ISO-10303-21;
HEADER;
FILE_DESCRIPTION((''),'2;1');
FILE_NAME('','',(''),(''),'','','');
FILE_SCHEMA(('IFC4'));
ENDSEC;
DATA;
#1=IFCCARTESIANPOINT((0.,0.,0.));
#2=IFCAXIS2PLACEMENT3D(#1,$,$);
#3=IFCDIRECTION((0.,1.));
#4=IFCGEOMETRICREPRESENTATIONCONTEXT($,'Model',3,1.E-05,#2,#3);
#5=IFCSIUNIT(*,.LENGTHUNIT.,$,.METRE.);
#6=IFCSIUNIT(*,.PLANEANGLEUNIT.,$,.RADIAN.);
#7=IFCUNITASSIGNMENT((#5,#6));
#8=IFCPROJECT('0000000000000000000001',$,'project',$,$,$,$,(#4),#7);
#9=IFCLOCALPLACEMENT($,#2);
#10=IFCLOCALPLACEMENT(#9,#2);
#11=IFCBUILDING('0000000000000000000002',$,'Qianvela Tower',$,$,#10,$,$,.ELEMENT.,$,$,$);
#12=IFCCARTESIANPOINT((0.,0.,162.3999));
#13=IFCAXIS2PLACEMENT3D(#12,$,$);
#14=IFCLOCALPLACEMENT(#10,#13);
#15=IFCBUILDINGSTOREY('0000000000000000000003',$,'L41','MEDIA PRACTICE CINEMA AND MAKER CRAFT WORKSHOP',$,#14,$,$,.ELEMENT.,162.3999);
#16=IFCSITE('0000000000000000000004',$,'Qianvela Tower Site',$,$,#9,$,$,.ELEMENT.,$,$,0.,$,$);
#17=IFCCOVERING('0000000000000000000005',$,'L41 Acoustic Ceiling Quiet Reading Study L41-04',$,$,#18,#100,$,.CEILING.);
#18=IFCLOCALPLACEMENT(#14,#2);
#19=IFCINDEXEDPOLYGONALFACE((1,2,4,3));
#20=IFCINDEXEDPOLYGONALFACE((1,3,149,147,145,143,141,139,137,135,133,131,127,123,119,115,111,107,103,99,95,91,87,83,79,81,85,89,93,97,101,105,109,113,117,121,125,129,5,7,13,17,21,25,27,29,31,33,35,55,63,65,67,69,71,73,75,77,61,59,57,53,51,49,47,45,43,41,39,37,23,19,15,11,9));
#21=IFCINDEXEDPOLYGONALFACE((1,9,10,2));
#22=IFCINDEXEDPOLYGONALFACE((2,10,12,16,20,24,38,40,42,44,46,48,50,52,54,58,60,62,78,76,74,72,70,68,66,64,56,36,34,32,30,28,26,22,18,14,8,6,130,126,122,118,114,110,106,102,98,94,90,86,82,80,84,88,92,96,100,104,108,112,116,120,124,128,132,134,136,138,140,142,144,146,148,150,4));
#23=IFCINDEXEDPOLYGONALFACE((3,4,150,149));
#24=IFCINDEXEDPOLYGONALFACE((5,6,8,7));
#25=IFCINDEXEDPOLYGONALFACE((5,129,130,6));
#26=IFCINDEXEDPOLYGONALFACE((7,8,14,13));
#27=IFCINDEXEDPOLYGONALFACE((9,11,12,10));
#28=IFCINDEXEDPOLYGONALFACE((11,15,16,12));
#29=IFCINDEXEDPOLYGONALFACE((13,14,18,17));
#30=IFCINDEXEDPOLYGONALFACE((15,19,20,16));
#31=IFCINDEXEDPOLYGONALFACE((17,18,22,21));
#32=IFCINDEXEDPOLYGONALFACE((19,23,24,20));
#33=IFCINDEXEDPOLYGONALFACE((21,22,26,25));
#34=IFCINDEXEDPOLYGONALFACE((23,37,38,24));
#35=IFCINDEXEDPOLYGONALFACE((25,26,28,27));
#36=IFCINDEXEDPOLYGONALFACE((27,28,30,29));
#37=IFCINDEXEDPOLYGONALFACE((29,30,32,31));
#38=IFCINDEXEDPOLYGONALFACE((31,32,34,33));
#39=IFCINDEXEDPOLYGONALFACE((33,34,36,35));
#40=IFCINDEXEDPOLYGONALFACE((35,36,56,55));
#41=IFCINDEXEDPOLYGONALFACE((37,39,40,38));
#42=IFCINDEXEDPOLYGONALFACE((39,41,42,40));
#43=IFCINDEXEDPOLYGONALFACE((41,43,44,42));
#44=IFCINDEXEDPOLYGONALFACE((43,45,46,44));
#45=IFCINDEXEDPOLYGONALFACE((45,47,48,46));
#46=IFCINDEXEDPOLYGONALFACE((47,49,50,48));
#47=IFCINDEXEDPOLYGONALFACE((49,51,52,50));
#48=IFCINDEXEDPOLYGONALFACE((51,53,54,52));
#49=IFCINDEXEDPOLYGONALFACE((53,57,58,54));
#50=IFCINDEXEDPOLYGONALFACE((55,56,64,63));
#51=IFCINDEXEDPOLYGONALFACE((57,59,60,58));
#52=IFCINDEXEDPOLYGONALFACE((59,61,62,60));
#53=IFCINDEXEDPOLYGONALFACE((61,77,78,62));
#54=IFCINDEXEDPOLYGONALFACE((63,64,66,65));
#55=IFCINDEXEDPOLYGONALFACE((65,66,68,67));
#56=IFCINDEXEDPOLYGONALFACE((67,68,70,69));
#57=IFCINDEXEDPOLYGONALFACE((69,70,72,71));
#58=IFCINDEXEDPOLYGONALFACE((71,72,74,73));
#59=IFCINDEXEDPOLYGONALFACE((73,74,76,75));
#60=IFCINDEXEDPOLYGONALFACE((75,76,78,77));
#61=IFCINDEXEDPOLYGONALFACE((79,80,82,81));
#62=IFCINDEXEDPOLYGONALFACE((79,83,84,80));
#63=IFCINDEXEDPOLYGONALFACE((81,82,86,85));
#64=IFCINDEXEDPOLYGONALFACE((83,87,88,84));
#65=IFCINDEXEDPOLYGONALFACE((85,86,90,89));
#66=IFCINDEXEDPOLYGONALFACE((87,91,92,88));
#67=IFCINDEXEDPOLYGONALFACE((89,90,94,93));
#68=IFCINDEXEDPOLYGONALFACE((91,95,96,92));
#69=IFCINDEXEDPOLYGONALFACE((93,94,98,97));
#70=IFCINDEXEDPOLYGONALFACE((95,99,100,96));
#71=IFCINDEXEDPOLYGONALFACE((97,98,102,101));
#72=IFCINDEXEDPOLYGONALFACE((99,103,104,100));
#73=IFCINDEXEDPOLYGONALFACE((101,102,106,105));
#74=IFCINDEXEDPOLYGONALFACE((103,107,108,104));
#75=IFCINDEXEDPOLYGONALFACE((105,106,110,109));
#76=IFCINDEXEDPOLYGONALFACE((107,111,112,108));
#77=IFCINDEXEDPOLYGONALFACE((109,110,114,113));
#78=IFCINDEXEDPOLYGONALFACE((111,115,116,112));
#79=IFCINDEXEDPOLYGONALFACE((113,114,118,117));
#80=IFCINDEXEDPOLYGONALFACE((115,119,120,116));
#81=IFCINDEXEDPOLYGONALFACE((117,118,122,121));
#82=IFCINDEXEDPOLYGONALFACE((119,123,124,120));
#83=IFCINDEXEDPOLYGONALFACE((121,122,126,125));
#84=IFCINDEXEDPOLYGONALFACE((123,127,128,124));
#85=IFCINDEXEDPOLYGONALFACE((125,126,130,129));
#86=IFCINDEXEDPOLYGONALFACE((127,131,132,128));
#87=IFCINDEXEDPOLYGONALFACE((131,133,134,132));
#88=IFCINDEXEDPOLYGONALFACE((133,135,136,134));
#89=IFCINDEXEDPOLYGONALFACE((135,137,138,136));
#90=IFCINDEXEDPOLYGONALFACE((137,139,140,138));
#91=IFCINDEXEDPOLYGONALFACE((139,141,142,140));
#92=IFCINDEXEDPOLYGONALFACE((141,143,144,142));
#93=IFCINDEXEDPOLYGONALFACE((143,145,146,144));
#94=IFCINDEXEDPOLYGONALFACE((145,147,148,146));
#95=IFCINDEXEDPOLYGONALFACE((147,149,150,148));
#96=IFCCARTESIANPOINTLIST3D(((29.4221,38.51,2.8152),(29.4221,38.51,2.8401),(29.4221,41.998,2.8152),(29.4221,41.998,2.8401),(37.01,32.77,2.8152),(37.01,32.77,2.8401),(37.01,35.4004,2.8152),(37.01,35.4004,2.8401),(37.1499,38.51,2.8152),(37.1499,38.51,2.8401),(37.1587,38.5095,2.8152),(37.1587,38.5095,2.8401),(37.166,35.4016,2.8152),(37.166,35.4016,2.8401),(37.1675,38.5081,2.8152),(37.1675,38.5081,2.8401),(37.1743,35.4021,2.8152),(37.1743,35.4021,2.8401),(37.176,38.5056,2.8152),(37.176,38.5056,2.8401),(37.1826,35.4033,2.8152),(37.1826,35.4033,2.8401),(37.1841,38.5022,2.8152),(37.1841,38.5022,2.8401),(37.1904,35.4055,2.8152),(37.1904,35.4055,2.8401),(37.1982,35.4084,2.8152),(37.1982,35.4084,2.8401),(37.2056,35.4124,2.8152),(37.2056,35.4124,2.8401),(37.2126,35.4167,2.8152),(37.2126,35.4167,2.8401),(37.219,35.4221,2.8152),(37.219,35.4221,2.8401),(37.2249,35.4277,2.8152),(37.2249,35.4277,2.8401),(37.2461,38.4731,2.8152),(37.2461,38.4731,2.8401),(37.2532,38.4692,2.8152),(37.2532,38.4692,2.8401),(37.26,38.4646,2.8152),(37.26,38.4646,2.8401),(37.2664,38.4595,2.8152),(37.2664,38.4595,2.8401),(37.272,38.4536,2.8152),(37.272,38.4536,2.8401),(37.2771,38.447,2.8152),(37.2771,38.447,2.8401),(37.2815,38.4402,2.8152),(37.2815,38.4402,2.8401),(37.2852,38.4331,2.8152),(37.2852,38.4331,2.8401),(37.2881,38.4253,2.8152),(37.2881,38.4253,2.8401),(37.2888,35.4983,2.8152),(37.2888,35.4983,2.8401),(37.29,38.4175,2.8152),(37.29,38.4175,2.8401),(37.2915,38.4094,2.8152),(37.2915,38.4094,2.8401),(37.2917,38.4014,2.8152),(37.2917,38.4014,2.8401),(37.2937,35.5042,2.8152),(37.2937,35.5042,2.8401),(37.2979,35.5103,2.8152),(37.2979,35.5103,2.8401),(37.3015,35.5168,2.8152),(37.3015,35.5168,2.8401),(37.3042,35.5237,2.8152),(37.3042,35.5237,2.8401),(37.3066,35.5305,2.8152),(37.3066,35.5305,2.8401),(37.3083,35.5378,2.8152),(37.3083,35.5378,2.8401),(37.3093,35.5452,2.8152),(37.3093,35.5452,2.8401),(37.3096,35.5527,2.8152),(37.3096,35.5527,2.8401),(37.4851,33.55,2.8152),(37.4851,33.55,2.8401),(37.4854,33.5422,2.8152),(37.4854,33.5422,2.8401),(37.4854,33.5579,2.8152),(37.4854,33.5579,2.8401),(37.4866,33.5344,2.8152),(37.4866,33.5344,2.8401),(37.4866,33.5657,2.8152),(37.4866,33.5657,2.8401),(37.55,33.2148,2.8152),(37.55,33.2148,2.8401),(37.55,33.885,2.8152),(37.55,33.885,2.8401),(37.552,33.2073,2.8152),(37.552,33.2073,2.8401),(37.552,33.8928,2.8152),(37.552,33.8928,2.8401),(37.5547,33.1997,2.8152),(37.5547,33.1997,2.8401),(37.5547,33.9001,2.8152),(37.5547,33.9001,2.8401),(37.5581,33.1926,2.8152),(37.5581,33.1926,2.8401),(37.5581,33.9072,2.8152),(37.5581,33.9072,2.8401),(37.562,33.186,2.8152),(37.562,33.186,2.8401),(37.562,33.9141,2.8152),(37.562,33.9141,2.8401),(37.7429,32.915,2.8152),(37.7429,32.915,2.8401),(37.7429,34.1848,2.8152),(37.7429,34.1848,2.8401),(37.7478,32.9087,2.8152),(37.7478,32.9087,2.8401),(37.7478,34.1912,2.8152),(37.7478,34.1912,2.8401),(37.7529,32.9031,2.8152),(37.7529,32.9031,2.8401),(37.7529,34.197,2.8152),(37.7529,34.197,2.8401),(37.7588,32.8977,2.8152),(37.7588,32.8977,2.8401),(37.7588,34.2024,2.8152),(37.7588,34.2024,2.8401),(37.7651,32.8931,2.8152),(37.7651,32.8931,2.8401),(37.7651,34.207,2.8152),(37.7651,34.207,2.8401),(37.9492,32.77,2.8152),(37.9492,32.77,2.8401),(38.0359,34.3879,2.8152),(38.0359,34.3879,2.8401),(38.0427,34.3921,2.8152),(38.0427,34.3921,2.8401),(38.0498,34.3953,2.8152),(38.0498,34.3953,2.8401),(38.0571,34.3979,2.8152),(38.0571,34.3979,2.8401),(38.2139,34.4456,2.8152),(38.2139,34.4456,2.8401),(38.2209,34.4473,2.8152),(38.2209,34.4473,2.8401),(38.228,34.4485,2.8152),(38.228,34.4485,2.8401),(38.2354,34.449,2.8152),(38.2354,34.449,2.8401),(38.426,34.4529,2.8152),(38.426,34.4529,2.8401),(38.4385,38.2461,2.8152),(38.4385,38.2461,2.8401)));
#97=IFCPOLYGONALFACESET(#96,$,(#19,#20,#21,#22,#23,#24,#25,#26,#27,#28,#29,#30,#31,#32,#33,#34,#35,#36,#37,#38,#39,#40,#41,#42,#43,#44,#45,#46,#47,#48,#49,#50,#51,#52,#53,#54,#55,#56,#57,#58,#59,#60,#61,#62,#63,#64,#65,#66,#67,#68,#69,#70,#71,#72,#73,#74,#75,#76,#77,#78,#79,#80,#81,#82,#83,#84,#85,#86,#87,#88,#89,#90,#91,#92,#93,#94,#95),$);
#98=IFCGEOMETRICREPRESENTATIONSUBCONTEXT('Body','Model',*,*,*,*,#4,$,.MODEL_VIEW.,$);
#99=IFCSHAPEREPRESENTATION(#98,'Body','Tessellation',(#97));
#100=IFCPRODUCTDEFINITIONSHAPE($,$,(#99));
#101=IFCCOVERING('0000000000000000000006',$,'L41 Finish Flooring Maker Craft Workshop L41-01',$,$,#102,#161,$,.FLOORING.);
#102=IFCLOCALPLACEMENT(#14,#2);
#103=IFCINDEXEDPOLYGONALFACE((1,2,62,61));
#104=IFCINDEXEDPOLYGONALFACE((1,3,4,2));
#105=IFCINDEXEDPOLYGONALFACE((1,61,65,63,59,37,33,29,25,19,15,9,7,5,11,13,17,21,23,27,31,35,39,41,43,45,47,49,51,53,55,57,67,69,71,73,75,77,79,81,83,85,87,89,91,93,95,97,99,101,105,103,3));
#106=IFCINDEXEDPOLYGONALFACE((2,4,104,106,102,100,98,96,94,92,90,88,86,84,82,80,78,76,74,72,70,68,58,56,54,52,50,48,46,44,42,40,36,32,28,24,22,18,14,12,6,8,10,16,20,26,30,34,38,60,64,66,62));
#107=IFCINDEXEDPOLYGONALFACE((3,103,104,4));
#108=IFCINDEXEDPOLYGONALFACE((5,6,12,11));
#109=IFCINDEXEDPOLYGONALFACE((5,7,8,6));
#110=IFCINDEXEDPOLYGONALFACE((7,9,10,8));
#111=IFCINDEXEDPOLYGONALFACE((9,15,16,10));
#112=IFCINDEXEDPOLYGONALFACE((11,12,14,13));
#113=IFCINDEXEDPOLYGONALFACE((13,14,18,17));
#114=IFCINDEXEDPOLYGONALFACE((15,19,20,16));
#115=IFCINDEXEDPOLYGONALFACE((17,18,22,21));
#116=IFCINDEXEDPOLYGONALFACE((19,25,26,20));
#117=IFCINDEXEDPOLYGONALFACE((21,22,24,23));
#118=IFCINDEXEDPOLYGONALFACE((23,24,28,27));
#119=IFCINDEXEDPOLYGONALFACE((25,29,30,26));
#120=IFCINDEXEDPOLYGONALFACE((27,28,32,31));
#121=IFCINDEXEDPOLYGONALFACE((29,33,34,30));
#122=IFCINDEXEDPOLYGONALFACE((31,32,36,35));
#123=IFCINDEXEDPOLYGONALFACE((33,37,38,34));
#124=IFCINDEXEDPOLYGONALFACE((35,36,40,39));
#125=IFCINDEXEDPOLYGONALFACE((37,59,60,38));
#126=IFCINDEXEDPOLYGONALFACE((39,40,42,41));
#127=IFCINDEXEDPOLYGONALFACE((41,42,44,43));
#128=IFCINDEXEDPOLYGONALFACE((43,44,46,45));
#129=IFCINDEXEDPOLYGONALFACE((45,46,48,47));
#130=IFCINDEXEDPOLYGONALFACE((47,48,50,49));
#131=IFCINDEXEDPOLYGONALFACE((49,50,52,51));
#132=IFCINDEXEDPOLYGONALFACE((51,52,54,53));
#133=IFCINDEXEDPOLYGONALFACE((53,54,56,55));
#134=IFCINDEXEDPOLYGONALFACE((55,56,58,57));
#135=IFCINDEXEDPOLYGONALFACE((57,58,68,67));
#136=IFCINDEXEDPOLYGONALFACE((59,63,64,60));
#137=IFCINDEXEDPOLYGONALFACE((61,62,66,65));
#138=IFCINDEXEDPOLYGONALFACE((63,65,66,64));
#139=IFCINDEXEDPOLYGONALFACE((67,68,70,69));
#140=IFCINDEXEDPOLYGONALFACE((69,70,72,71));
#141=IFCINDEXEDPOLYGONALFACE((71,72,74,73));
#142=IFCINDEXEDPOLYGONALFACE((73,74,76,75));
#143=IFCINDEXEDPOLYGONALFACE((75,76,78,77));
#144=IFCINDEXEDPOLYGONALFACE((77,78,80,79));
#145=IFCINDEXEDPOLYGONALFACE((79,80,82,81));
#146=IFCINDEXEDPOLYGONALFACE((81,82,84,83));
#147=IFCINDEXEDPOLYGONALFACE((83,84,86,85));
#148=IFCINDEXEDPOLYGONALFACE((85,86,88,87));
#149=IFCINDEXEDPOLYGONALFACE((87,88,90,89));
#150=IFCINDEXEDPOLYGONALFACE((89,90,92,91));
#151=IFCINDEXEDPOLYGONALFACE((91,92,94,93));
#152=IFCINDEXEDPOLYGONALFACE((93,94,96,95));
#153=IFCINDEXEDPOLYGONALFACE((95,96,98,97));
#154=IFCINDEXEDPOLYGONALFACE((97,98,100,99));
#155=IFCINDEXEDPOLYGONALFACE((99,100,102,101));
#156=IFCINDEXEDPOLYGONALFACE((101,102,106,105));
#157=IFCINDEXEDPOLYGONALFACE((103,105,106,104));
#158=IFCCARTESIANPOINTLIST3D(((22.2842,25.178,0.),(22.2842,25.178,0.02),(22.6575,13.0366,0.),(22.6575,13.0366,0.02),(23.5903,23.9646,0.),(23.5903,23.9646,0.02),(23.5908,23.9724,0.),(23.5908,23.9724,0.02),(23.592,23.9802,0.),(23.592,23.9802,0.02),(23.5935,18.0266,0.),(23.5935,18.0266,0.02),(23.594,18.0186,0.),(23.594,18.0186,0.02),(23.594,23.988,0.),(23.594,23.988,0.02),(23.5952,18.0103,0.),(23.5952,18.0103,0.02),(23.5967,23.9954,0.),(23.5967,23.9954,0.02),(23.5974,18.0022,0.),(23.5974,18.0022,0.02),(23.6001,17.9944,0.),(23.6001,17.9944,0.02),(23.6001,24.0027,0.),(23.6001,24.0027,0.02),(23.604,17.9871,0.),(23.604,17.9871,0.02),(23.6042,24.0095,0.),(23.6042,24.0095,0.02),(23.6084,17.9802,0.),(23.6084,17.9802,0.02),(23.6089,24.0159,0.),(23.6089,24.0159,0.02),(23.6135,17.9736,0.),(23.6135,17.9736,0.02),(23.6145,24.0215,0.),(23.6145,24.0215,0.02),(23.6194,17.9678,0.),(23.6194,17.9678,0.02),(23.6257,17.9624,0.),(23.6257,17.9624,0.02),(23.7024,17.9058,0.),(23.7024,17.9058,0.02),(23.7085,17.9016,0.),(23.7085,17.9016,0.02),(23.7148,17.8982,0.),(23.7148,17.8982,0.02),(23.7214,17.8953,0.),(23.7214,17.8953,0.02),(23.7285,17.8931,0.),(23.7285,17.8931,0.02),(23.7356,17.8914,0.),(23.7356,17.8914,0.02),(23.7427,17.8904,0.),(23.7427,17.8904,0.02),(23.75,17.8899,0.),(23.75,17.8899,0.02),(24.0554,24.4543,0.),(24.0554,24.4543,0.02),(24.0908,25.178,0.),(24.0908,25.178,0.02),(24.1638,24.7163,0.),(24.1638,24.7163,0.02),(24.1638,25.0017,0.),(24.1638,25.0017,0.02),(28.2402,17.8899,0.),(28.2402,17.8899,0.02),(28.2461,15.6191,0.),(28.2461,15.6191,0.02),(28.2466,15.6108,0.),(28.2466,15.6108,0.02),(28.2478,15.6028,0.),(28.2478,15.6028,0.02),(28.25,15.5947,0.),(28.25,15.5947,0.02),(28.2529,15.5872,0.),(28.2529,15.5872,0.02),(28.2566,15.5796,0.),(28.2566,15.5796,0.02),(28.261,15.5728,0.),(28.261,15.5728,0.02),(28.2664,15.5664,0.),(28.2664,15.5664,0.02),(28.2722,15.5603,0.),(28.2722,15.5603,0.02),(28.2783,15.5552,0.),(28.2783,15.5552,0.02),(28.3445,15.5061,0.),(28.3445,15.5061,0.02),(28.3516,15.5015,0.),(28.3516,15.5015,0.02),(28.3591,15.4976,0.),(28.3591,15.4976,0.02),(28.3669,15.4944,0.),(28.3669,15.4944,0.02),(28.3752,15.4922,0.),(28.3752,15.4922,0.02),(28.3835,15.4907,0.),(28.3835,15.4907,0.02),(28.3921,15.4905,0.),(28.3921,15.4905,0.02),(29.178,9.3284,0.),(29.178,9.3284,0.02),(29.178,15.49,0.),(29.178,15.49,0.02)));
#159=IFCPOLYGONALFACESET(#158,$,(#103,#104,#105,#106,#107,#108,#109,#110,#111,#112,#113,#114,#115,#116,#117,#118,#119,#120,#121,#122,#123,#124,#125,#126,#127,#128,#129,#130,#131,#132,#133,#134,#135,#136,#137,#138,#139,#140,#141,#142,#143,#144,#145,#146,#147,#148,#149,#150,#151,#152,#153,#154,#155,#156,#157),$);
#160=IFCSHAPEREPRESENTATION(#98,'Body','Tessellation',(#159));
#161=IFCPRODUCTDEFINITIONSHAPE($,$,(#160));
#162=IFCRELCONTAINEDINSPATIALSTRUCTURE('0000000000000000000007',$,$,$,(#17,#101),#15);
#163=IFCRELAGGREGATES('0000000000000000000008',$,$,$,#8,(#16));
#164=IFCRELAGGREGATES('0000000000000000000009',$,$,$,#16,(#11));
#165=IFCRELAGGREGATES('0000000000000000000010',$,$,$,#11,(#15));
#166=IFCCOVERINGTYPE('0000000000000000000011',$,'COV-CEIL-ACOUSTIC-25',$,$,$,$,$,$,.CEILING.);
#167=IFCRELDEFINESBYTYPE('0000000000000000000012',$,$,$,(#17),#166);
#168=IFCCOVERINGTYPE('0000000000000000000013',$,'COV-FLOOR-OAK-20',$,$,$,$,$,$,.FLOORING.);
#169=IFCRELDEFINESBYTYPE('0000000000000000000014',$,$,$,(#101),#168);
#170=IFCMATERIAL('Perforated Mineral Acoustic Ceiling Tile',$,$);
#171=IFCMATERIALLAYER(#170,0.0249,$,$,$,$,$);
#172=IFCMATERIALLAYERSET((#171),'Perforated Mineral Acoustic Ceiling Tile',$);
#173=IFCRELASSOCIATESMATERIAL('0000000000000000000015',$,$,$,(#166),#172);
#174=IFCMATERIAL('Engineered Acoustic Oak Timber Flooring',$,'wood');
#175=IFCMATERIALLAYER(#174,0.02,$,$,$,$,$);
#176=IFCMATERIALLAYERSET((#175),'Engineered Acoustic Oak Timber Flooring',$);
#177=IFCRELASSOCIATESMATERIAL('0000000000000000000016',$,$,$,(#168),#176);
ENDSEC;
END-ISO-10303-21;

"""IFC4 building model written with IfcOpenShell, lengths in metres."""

from ifc_helpers import new_model, si_unit, direction, frame, origin, place, context, subcontext, project, spatial, polyline, outline, extrude, material, layer, layer_set, type_object, element, save


model = new_model("IFC4")

# Units and contexts
model_context = context("Model", 3, precision=1e-05, world=origin(), true_north=direction((0.0, 1.0)))
body_context = subcontext(model_context, "Body", "Model", "MODEL_VIEW")
ifc_project = project(units=[si_unit("LENGTHUNIT", "METRE"), si_unit("PLANEANGLEUNIT", "RADIAN")], contexts=[model_context])

# Site, building, storey
site_placement = place(None, origin())
site = spatial("IfcSite", under=ifc_project, at=site_placement, Name="Qianvela Tower Site", CompositionType="ELEMENT", RefElevation=0.0)
building_placement = place(site_placement, origin())
building = spatial("IfcBuilding", under=site, at=building_placement, Name="Qianvela Tower", CompositionType="ELEMENT")
storey_placement = place(building_placement, frame((0.0, 0.0, 162.3999)))
storey = spatial("IfcBuildingStorey", under=building, at=storey_placement, Name="L41", Description="MEDIA PRACTICE CINEMA AND MAKER CRAFT WORKSHOP", CompositionType="ELEMENT", Elevation=162.3999)

# Coverings
ifc_material_1 = material(Name="Perforated Mineral Acoustic Ceiling Tile")
ifc_layer_1 = layer(ifc_material_1, 0.0249)
ifc_layer_set_1 = layer_set([ifc_layer_1], Name="Perforated Mineral Acoustic Ceiling Tile")
covering_type_1 = type_object("IfcCoveringType", Name="COV-CEIL-ACOUSTIC-25", PredefinedType="CEILING", material=ifc_layer_set_1)
covering_1_placement = place(storey_placement, frame((0.0, 0.0, 2.8152)))
element("IfcCovering", 1, at=covering_1_placement, inside=storey, type_object=covering_type_1, Name="L41 Acoustic Ceiling Quiet Reading Study L41-04", PredefinedType="CEILING", context=body_context, shape_type="SweptSolid", body=[
    extrude(outline(polyline([(37.9492, 32.77), (37.01, 32.77), (37.01, 35.4004), (37.166, 35.4016), (37.1743, 35.4021), (37.1826, 35.4033), (37.1904, 35.4055), (37.1982, 35.4084), (37.2056, 35.4124), (37.2126, 35.4167), (37.219, 35.4221), (37.2249, 35.4277), (37.2888, 35.4983), (37.2937, 35.5042), (37.2979, 35.5103), (37.3015, 35.5168), (37.3042, 35.5237), (37.3066, 35.5305), (37.3083, 35.5378), (37.3093, 35.5452), (37.3096, 35.5527), (37.2917, 38.4014), (37.2915, 38.4094), (37.29, 38.4175), (37.2881, 38.4253), (37.2852, 38.4331), (37.2815, 38.4402), (37.2771, 38.447), (37.272, 38.4536), (37.2664, 38.4595), (37.26, 38.4646), (37.2532, 38.4692), (37.2461, 38.4731), (37.1841, 38.5022), (37.176, 38.5056), (37.1675, 38.5081), (37.1587, 38.5095), (37.1499, 38.51), (29.4221, 38.51), (29.4221, 41.998), (38.4385, 38.2461), (38.426, 34.4529), (38.2354, 34.449), (38.228, 34.4485), (38.2209, 34.4473), (38.2139, 34.4456), (38.0571, 34.3979), (38.0498, 34.3953), (38.0427, 34.3921), (38.0359, 34.3879), (37.7651, 34.207), (37.7588, 34.2024), (37.7529, 34.197), (37.7478, 34.1912), (37.7429, 34.1848), (37.562, 33.9141), (37.5581, 33.9072), (37.5547, 33.9001), (37.552, 33.8928), (37.55, 33.885), (37.4866, 33.5657), (37.4854, 33.5579), (37.4851, 33.55), (37.4854, 33.5422), (37.4866, 33.5344), (37.55, 33.2148), (37.552, 33.2073), (37.5547, 33.1997), (37.5581, 33.1926), (37.562, 33.186), (37.7429, 32.915), (37.7478, 32.9087), (37.7529, 32.9031), (37.7588, 32.8977), (37.7651, 32.8931), (37.9492, 32.77)])), origin(), (0.0, 0.0, 1.0), 0.0249),
])
ifc_material_2 = material(Name="Engineered Acoustic Oak Timber Flooring", Category="wood")
ifc_layer_2 = layer(ifc_material_2, 0.02)
ifc_layer_set_2 = layer_set([ifc_layer_2], Name="Engineered Acoustic Oak Timber Flooring")
covering_type_2 = type_object("IfcCoveringType", Name="COV-FLOOR-OAK-20", PredefinedType="FLOORING", material=ifc_layer_set_2)
covering_2_placement = place(storey_placement, origin())
element("IfcCovering", 2, at=covering_2_placement, inside=storey, type_object=covering_type_2, Name="L41 Finish Flooring Maker Craft Workshop L41-01", PredefinedType="FLOORING", context=body_context, shape_type="SweptSolid", body=[
    extrude(outline(polyline([(22.2842, 25.178), (24.0908, 25.178), (24.1638, 25.0017), (24.1638, 24.7163), (24.0554, 24.4543), (23.6145, 24.0215), (23.6089, 24.0159), (23.6042, 24.0095), (23.6001, 24.0027), (23.5967, 23.9954), (23.594, 23.988), (23.592, 23.9802), (23.5908, 23.9724), (23.5903, 23.9646), (23.5935, 18.0266), (23.594, 18.0186), (23.5952, 18.0103), (23.5974, 18.0022), (23.6001, 17.9944), (23.604, 17.9871), (23.6084, 17.9802), (23.6135, 17.9736), (23.6194, 17.9678), (23.6257, 17.9624), (23.7024, 17.9058), (23.7085, 17.9016), (23.7148, 17.8982), (23.7214, 17.8953), (23.7285, 17.8931), (23.7356, 17.8914), (23.7427, 17.8904), (23.75, 17.8899), (28.2402, 17.8899), (28.2461, 15.6191), (28.2466, 15.6108), (28.2478, 15.6028), (28.25, 15.5947), (28.2529, 15.5872), (28.2566, 15.5796), (28.261, 15.5728), (28.2664, 15.5664), (28.2722, 15.5603), (28.2783, 15.5552), (28.3445, 15.5061), (28.3516, 15.5015), (28.3591, 15.4976), (28.3669, 15.4944), (28.3752, 15.4922), (28.3835, 15.4907), (28.3921, 15.4905), (29.178, 15.49), (29.178, 9.3284), (22.6575, 13.0366), (22.2842, 25.178)])), origin(), (0.0, 0.0, 1.0), 0.02),
])

save(model, "model.ifc")
